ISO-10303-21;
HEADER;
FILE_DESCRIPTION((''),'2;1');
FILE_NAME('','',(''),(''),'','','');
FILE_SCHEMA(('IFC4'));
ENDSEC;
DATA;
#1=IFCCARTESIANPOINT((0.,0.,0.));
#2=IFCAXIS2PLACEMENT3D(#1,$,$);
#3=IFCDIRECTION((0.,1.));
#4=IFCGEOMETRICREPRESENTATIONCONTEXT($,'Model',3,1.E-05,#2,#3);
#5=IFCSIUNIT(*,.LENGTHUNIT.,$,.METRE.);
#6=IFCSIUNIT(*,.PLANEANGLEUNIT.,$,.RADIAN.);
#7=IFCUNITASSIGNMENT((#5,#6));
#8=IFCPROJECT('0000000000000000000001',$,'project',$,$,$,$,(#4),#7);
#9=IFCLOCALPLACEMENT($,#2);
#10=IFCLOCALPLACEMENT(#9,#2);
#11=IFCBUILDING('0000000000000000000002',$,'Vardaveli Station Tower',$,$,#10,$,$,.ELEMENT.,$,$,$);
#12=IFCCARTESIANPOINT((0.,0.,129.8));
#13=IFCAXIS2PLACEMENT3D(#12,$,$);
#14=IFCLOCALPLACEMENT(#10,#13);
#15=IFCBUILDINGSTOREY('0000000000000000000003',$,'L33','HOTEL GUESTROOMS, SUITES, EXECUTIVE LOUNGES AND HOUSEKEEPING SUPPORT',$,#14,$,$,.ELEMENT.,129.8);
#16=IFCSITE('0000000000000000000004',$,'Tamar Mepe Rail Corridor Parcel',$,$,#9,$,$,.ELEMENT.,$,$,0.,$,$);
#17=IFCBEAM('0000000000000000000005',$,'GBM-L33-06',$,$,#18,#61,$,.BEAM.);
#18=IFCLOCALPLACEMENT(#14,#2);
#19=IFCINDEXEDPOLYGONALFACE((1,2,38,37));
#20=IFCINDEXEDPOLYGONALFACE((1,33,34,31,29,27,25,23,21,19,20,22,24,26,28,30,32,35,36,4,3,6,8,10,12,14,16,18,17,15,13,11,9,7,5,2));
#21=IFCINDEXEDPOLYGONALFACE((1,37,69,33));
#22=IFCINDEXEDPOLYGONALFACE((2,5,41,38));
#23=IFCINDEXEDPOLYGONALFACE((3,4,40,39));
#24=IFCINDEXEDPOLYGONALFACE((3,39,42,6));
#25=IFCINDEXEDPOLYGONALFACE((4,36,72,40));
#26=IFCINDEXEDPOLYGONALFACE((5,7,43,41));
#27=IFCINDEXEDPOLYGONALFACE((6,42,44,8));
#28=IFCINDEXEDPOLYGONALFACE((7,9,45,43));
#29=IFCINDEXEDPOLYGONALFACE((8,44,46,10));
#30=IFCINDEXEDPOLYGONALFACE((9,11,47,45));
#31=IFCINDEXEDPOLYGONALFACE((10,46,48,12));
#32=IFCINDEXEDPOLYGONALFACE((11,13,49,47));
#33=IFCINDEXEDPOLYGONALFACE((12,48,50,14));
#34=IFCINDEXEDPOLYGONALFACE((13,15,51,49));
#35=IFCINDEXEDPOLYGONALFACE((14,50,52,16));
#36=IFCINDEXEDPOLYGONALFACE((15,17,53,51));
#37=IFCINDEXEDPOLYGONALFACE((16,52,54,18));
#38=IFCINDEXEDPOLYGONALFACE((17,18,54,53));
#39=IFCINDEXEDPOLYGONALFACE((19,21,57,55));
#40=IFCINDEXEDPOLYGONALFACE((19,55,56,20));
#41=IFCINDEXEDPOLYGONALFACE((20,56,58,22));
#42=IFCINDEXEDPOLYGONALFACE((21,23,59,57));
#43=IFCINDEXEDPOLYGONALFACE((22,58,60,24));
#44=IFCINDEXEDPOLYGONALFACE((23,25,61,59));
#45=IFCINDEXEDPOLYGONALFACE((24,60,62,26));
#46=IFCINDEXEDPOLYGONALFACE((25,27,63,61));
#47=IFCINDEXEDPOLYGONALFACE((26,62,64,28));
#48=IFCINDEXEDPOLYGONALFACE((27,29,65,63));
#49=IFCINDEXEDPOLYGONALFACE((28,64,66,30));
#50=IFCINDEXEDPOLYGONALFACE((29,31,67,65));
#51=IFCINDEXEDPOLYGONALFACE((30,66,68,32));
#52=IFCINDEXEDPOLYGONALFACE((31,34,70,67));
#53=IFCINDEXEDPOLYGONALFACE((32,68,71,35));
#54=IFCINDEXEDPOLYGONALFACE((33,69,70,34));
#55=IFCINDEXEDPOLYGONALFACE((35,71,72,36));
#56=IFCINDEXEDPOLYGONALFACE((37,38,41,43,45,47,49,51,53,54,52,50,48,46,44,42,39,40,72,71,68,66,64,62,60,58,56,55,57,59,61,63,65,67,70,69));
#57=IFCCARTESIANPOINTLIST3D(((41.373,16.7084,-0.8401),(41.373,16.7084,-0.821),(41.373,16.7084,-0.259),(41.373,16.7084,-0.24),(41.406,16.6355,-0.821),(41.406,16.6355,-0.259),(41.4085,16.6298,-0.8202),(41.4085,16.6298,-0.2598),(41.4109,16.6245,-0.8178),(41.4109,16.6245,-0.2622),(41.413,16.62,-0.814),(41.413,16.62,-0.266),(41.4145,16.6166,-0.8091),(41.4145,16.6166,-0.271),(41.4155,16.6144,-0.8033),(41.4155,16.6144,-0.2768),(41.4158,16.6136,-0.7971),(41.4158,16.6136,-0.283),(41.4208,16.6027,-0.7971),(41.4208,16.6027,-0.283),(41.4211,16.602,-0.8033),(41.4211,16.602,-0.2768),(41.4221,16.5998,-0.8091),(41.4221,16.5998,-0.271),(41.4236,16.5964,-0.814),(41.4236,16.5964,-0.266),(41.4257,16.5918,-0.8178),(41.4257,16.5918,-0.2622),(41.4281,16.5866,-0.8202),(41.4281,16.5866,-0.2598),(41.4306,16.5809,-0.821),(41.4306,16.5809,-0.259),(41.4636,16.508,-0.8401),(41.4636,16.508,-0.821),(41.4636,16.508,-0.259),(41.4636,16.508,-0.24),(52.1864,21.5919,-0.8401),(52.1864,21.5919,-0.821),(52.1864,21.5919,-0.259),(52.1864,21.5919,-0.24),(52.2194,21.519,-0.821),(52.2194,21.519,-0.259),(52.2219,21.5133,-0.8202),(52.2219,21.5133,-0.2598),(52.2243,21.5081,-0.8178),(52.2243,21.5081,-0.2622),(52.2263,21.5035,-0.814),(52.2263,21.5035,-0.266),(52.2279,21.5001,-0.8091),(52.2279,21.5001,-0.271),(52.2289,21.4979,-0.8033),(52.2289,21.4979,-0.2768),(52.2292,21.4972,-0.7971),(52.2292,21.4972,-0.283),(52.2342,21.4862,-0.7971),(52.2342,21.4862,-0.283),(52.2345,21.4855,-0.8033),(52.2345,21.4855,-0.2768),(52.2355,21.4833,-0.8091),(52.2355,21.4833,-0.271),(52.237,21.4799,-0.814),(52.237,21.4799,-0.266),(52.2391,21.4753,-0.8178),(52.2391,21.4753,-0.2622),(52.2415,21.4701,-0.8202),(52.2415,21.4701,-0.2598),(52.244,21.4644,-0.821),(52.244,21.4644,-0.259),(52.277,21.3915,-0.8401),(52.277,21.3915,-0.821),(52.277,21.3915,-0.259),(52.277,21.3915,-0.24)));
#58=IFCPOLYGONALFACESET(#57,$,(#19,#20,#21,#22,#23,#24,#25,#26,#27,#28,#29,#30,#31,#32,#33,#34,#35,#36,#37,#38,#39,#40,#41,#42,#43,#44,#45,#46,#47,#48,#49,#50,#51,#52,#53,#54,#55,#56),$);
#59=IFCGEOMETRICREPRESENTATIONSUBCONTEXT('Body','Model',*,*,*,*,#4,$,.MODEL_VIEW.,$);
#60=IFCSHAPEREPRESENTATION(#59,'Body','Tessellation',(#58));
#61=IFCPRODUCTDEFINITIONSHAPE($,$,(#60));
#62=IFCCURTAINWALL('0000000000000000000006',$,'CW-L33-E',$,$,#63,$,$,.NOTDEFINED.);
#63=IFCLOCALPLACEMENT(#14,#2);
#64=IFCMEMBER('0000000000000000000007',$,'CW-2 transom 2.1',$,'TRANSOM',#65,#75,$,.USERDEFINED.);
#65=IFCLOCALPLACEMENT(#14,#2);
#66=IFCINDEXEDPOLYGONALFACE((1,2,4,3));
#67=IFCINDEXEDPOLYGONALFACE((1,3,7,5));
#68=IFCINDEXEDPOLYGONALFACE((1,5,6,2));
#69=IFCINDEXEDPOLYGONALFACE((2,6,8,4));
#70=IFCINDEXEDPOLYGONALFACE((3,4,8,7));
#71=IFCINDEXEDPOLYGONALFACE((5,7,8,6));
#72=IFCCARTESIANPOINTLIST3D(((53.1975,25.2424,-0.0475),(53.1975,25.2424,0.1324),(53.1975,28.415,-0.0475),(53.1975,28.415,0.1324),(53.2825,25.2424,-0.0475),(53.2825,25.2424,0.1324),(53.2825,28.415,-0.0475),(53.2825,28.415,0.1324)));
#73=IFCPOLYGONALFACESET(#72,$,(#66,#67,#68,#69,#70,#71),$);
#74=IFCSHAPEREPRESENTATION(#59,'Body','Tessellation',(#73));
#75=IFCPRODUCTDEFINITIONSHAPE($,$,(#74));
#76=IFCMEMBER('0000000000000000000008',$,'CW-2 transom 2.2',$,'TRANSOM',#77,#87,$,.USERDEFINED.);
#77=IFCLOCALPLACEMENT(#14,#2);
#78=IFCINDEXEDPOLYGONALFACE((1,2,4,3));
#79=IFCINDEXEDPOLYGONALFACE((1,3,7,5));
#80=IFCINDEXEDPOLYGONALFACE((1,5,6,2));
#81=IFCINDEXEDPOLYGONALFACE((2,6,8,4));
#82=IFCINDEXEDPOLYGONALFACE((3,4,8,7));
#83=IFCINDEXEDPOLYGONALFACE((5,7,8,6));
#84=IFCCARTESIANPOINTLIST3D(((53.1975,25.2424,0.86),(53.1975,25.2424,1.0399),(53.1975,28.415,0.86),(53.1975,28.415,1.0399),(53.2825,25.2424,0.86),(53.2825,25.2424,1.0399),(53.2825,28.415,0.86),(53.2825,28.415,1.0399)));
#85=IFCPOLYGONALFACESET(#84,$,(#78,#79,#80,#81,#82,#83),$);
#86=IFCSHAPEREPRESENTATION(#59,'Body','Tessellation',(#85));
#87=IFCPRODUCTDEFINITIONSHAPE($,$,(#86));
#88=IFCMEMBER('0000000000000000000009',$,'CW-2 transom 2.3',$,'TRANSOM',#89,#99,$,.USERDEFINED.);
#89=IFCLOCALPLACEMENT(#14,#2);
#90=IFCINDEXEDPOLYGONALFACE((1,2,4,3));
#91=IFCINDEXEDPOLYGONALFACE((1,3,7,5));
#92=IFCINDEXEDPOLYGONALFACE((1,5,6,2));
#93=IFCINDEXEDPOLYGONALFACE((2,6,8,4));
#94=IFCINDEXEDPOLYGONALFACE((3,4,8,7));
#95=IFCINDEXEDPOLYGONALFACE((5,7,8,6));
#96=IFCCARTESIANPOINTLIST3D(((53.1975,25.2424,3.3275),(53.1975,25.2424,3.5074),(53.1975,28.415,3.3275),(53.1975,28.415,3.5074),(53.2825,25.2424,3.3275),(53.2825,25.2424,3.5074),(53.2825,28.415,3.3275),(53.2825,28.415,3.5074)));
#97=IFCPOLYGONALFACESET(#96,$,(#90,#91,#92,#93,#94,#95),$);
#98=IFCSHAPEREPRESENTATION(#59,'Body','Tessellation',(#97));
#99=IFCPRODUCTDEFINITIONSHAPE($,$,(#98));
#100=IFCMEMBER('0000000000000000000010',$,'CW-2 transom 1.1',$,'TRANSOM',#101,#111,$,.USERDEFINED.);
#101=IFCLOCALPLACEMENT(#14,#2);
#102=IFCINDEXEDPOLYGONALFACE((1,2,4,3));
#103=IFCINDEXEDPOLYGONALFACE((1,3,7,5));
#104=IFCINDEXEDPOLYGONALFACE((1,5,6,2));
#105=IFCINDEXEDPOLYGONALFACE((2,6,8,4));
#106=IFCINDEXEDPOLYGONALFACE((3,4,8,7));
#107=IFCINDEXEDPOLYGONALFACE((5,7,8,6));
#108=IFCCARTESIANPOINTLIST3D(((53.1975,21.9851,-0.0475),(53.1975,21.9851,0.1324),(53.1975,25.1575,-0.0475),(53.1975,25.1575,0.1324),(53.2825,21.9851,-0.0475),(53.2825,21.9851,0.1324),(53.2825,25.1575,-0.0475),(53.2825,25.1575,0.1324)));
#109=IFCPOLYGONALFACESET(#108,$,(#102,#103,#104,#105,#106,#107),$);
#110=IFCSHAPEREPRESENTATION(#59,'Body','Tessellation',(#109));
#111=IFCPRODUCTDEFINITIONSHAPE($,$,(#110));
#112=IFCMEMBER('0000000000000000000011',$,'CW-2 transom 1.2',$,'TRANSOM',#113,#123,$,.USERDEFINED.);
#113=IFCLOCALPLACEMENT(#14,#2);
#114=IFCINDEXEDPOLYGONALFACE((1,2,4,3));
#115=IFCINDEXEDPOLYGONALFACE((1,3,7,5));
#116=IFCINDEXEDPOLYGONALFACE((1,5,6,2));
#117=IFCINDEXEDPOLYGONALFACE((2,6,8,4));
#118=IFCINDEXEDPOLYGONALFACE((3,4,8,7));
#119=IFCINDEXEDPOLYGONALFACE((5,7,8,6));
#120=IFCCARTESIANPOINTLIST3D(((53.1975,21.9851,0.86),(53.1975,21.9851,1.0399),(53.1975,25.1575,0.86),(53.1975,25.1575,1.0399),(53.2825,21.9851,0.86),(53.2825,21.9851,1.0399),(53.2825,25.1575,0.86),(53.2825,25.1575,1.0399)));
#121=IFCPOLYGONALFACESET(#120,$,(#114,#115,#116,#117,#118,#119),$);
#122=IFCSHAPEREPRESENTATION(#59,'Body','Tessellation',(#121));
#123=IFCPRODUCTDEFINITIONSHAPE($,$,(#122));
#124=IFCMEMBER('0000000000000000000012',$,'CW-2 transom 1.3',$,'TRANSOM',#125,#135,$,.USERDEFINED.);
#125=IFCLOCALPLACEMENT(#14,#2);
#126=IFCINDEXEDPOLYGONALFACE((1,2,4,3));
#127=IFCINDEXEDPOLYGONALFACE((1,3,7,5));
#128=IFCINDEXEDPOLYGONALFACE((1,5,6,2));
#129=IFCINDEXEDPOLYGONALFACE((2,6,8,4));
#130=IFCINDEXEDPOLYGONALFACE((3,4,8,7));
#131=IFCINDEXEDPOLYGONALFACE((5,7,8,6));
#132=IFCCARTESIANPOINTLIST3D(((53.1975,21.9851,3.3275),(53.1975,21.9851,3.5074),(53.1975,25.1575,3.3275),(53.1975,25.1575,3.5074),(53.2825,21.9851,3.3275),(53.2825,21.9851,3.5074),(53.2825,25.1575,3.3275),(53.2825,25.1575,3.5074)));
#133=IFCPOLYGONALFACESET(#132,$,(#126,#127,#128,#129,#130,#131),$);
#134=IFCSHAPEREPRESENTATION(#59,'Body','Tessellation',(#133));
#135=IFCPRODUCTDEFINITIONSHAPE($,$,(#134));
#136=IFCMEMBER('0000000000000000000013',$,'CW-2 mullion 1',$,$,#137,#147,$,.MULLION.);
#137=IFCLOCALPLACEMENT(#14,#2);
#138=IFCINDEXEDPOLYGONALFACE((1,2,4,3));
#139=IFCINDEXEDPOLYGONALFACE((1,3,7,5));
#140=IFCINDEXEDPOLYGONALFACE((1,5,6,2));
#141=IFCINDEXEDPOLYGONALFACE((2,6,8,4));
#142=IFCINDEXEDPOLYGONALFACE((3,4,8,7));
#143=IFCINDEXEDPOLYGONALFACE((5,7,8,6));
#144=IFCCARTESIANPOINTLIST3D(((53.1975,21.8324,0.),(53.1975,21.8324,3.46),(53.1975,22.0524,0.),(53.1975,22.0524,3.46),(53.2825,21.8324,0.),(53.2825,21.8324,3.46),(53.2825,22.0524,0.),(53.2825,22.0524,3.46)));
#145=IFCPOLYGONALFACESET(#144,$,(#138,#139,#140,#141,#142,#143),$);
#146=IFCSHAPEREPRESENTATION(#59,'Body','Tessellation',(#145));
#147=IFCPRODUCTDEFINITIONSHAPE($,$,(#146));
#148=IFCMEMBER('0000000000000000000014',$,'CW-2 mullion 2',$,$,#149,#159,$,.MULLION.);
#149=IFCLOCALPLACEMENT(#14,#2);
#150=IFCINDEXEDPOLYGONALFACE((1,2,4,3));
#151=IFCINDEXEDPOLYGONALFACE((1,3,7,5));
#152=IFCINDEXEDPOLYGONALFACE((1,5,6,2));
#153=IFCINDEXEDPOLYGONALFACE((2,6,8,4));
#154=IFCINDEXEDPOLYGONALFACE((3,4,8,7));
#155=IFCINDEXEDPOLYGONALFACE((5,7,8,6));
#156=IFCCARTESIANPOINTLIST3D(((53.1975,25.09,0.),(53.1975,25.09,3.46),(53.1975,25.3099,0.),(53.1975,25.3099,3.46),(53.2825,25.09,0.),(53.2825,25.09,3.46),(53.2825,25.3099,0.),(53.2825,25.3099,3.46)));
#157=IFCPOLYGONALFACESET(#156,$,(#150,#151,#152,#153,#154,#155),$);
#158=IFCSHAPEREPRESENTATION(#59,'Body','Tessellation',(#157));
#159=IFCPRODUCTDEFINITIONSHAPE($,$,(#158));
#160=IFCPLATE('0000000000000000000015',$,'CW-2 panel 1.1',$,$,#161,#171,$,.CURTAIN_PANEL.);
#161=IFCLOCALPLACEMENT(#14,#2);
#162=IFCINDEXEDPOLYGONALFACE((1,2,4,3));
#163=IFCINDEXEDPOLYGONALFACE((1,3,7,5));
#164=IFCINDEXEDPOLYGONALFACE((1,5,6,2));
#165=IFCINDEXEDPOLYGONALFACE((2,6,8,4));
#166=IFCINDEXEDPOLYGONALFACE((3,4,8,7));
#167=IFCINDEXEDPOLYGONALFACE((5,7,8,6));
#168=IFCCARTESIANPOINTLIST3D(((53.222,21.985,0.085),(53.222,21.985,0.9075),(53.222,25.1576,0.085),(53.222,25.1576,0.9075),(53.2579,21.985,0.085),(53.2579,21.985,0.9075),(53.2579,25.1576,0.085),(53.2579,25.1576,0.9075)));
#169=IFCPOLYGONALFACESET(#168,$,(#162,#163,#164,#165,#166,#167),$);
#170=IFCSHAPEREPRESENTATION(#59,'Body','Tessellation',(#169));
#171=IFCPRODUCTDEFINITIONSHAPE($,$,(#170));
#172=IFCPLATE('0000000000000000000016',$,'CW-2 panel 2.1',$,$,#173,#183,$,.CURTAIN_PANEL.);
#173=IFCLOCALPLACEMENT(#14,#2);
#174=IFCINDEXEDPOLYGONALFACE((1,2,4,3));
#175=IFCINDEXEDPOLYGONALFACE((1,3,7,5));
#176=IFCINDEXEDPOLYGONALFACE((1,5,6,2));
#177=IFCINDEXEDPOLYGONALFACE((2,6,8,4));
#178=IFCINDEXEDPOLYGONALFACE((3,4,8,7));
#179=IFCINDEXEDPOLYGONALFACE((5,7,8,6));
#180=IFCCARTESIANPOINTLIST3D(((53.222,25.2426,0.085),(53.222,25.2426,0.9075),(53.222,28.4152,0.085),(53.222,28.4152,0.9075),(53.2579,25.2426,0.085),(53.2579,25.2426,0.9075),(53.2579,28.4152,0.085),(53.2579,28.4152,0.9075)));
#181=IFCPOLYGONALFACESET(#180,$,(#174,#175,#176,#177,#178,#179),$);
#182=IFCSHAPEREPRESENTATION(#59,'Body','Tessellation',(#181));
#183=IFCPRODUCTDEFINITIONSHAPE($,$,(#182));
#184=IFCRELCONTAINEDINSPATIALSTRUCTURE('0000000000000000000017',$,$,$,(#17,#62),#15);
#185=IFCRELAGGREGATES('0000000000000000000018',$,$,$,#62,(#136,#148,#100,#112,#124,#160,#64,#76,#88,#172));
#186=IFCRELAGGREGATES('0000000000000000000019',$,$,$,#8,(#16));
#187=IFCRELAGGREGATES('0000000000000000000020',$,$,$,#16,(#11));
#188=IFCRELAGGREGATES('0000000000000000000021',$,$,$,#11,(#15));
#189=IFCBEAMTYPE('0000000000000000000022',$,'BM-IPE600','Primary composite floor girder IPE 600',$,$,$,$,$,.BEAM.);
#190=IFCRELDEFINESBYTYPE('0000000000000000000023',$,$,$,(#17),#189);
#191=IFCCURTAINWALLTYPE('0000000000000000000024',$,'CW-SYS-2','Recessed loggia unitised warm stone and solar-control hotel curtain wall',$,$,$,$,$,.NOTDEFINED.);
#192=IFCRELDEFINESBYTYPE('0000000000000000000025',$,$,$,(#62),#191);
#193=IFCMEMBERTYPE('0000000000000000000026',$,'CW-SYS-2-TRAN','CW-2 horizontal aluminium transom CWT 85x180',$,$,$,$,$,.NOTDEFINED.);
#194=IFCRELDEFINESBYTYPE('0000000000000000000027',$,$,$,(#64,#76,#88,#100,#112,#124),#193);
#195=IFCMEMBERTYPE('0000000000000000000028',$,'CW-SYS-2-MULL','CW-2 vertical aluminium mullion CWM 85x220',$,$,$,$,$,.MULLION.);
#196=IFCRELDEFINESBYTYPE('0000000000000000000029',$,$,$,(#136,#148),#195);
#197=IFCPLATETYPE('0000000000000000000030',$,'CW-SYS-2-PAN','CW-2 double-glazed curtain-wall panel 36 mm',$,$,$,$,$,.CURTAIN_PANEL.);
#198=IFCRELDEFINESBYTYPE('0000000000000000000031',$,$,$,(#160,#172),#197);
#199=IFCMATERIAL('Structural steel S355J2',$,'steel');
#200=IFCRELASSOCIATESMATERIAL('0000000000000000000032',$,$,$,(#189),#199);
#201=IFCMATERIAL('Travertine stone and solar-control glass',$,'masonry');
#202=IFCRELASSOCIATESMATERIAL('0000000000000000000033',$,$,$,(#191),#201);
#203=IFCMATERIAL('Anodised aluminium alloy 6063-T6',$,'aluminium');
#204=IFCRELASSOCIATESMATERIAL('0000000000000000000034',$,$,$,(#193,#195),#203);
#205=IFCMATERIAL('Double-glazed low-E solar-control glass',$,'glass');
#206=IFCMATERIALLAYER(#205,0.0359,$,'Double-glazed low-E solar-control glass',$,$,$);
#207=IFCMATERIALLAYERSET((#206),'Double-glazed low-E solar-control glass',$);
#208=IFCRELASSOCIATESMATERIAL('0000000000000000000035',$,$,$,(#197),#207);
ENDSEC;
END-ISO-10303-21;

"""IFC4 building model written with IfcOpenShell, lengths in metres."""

from ifc_helpers import new_model, si_unit, direction, frame, origin, origin_2d, place, context, subcontext, project, spatial, rectangle, i_section, extrude, source, transform, mapped, material, layer, layer_set, material_profile, profile_set, type_object, element, aggregate, save


model = new_model("IFC4")

# Units and contexts
model_context = context("Model", 3, precision=1e-05, world=origin(), true_north=direction((0.0, 1.0)))
body_context = subcontext(model_context, "Body", "Model", "MODEL_VIEW")
ifc_project = project(units=[si_unit("LENGTHUNIT", "METRE"), si_unit("PLANEANGLEUNIT", "RADIAN")], contexts=[model_context])

# Site, building, storey
site_placement = place(None, origin())
site = spatial("IfcSite", under=ifc_project, at=site_placement, Name="Tamar Mepe Rail Corridor Parcel", CompositionType="ELEMENT", RefElevation=0.0)
building_placement = place(site_placement, origin())
building = spatial("IfcBuilding", under=site, at=building_placement, Name="Vardaveli Station Tower", CompositionType="ELEMENT")
storey_placement = place(building_placement, frame((0.0, 0.0, 129.8)))
storey = spatial("IfcBuildingStorey", under=building, at=storey_placement, Name="L33", Description="HOTEL GUESTROOMS, SUITES, EXECUTIVE LOUNGES AND HOUSEKEEPING SUPPORT", CompositionType="ELEMENT", Elevation=129.8)

# Beam
ifc_material_1 = material(Name="Structural steel S355J2", Category="steel")
ifc_material_profile_1 = material_profile(ifc_material_1, i_section(OverallWidth=0.22, OverallDepth=0.6001, WebThickness=0.012, FlangeThickness=0.019, FilletRadius=0.0239, at=origin_2d()), Name="IPE 600")
ifc_profile_set_1 = profile_set([ifc_material_profile_1], Name="Structural steel S355J2")
beam_type_1 = type_object("IfcBeamType", Name="BM-IPE600", Description="Primary composite floor girder IPE 600", PredefinedType="BEAM", material=ifc_profile_set_1)
shared_shape_1 = source(origin(), body_context, "Body", "SweptSolid", [
    extrude(i_section(OverallWidth=0.22, OverallDepth=0.6001, WebThickness=0.012, FlangeThickness=0.019, FilletRadius=0.0239, at=origin_2d()), origin(), (0.0, 0.0, 1.0), 11.865),
])
beam_1_placement = place(storey_placement, frame((52.2317, 21.4917, -0.54), z_axis=(-0.911369, -0.411589, 0.0), x_axis=(0.411589, -0.911369, 0.0)))
element("IfcBeam", 1, at=beam_1_placement, inside=storey, type_object=beam_type_1, Name="GBM-L33-06", PredefinedType="BEAM", context=body_context, shape_type="MappedRepresentation", body=[
    mapped(shared_shape_1, transform((0.0, 0.0, 0.0), scale=1.0)),
])

# Curtain wall, members, plates
ifc_material_2 = material(Name="Travertine stone and solar-control glass", Category="masonry")
curtain_wall_type = type_object("IfcCurtainWallType", Name="CW-SYS-2", Description="Recessed loggia unitised warm stone and solar-control hotel curtain wall", PredefinedType="NOTDEFINED", material=ifc_material_2)
curtain_wall_placement = place(storey_placement, origin())
curtain_wall = element("IfcCurtainWall", 2, at=curtain_wall_placement, inside=storey, type_object=curtain_wall_type, Name="CW-L33-E", PredefinedType="NOTDEFINED")
ifc_material_3 = material(Name="Anodised aluminium alloy 6063-T6", Category="aluminium")
ifc_material_profile_2 = material_profile(ifc_material_3, rectangle(XDim=0.085, YDim=0.1799, at=origin_2d()), Name="CWT 85x180")
ifc_profile_set_2 = profile_set([ifc_material_profile_2], Name="Anodised aluminium alloy 6063-T6")
member_type_1 = type_object("IfcMemberType", Name="CW-SYS-2-TRAN", Description="CW-2 horizontal aluminium transom CWT 85x180", PredefinedType="NOTDEFINED", material=ifc_profile_set_2)
shared_shape_2 = source(origin(), body_context, "Body", "SweptSolid", [
    extrude(rectangle(XDim=0.085, YDim=0.1799, at=origin_2d()), origin(), (0.0, 0.0, 1.0), 3.1726),
])
member_1_placement = place(storey_placement, frame((53.24, 25.2424, 0.0425), z_axis=(0.0, 1.0, 0.0), x_axis=(-1.0, 0.0, 0.0)))
member_1 = element("IfcMember", 3, at=member_1_placement, type_object=member_type_1, Name="CW-2 transom 2.1", ObjectType="TRANSOM", PredefinedType="USERDEFINED", context=body_context, shape_type="MappedRepresentation", body=[
    mapped(shared_shape_2, transform((0.0, 0.0, 0.0), scale=1.0)),
])
member_2_placement = place(storey_placement, frame((53.24, 25.2424, 0.95), z_axis=(0.0, 1.0, 0.0), x_axis=(-1.0, 0.0, 0.0)))
member_2 = element("IfcMember", 4, at=member_2_placement, type_object=member_type_1, Name="CW-2 transom 2.2", ObjectType="TRANSOM", PredefinedType="USERDEFINED", context=body_context, shape_type="MappedRepresentation", body=[
    mapped(shared_shape_2, transform((0.0, 0.0, 0.0), scale=1.0)),
])
member_3_placement = place(storey_placement, frame((53.24, 25.2424, 3.4175), z_axis=(0.0, 1.0, 0.0), x_axis=(-1.0, 0.0, 0.0)))
member_3 = element("IfcMember", 5, at=member_3_placement, type_object=member_type_1, Name="CW-2 transom 2.3", ObjectType="TRANSOM", PredefinedType="USERDEFINED", context=body_context, shape_type="MappedRepresentation", body=[
    mapped(shared_shape_2, transform((0.0, 0.0, 0.0), scale=1.0)),
])
shared_shape_3 = source(origin(), body_context, "Body", "SweptSolid", [
    extrude(rectangle(XDim=0.085, YDim=0.1799, at=origin_2d()), origin(), (0.0, 0.0, 1.0), 3.1724),
])
member_4_placement = place(storey_placement, frame((53.24, 21.9851, 0.0425), z_axis=(0.0, 1.0, 0.0), x_axis=(-1.0, 0.0, 0.0)))
member_4 = element("IfcMember", 6, at=member_4_placement, type_object=member_type_1, Name="CW-2 transom 1.1", ObjectType="TRANSOM", PredefinedType="USERDEFINED", context=body_context, shape_type="MappedRepresentation", body=[
    mapped(shared_shape_3, transform((0.0, 0.0, 0.0), scale=1.0)),
])
member_5_placement = place(storey_placement, frame((53.24, 21.9851, 0.95), z_axis=(0.0, 1.0, 0.0), x_axis=(-1.0, 0.0, 0.0)))
member_5 = element("IfcMember", 7, at=member_5_placement, type_object=member_type_1, Name="CW-2 transom 1.2", ObjectType="TRANSOM", PredefinedType="USERDEFINED", context=body_context, shape_type="MappedRepresentation", body=[
    mapped(shared_shape_3, transform((0.0, 0.0, 0.0), scale=1.0)),
])
member_6_placement = place(storey_placement, frame((53.24, 21.9851, 3.4175), z_axis=(0.0, 1.0, 0.0), x_axis=(-1.0, 0.0, 0.0)))
member_6 = element("IfcMember", 8, at=member_6_placement, type_object=member_type_1, Name="CW-2 transom 1.3", ObjectType="TRANSOM", PredefinedType="USERDEFINED", context=body_context, shape_type="MappedRepresentation", body=[
    mapped(shared_shape_3, transform((0.0, 0.0, 0.0), scale=1.0)),
])
ifc_material_profile_3 = material_profile(ifc_material_3, rectangle(XDim=0.085, YDim=0.22, at=origin_2d()), Name="CWM 85x220")
ifc_profile_set_3 = profile_set([ifc_material_profile_3], Name="Anodised aluminium alloy 6063-T6")
member_type_2 = type_object("IfcMemberType", Name="CW-SYS-2-MULL", Description="CW-2 vertical aluminium mullion CWM 85x220", PredefinedType="MULLION", material=ifc_profile_set_3)
shared_shape_4 = source(origin(), body_context, "Body", "SweptSolid", [
    extrude(rectangle(XDim=0.085, YDim=0.22, at=origin_2d()), origin(), (0.0, 0.0, 1.0), 3.46),
])
member_7_placement = place(storey_placement, frame((53.24, 21.9424, 0.0), z_axis=(0.0, 0.0, 1.0), x_axis=(-1.0, 0.0, 0.0)))
member_7 = element("IfcMember", 9, at=member_7_placement, type_object=member_type_2, Name="CW-2 mullion 1", PredefinedType="MULLION", context=body_context, shape_type="MappedRepresentation", body=[
    mapped(shared_shape_4, transform((0.0, 0.0, 0.0), scale=1.0)),
])
member_8_placement = place(storey_placement, frame((53.24, 25.2, 0.0), z_axis=(0.0, 0.0, 1.0), x_axis=(-1.0, 0.0, 0.0)))
member_8 = element("IfcMember", 10, at=member_8_placement, type_object=member_type_2, Name="CW-2 mullion 2", PredefinedType="MULLION", context=body_context, shape_type="MappedRepresentation", body=[
    mapped(shared_shape_4, transform((0.0, 0.0, 0.0), scale=1.0)),
])
ifc_material_4 = material(Name="Double-glazed low-E solar-control glass", Category="glass")
ifc_layer_1 = layer(ifc_material_4, 0.0359, Name="Double-glazed low-E solar-control glass")
ifc_layer_set_1 = layer_set([ifc_layer_1], Name="Double-glazed low-E solar-control glass")
plate_type = type_object("IfcPlateType", Name="CW-SYS-2-PAN", Description="CW-2 double-glazed curtain-wall panel 36 mm", PredefinedType="CURTAIN_PANEL", material=ifc_layer_set_1)
shared_shape_5 = source(origin(), body_context, "Body", "SweptSolid", [
    extrude(rectangle(XDim=3.1726, YDim=0.0359, at=origin_2d()), origin(), (0.0, 0.0, 1.0), 0.8225),
])
plate_1_placement = place(storey_placement, frame((53.24, 23.5713, 0.085), z_axis=(0.0, 0.0, 1.0), x_axis=(0.0, 1.0, 0.0)))
plate_1 = element("IfcPlate", 11, at=plate_1_placement, type_object=plate_type, Name="CW-2 panel 1.1", PredefinedType="CURTAIN_PANEL", context=body_context, shape_type="MappedRepresentation", body=[
    mapped(shared_shape_5, transform((0.0, 0.0, 0.0), scale=1.0)),
])
plate_2_placement = place(storey_placement, frame((53.24, 26.8289, 0.085), z_axis=(0.0, 0.0, 1.0), x_axis=(0.0, 1.0, 0.0)))
plate_2 = element("IfcPlate", 12, at=plate_2_placement, type_object=plate_type, Name="CW-2 panel 2.1", PredefinedType="CURTAIN_PANEL", context=body_context, shape_type="MappedRepresentation", body=[
    mapped(shared_shape_5, transform((0.0, 0.0, 0.0), scale=1.0)),
])
aggregate(curtain_wall, [member_7, member_8, member_4, member_5, member_6, plate_1, member_1, member_2, member_3, plate_2])

save(model, "model.ifc")
